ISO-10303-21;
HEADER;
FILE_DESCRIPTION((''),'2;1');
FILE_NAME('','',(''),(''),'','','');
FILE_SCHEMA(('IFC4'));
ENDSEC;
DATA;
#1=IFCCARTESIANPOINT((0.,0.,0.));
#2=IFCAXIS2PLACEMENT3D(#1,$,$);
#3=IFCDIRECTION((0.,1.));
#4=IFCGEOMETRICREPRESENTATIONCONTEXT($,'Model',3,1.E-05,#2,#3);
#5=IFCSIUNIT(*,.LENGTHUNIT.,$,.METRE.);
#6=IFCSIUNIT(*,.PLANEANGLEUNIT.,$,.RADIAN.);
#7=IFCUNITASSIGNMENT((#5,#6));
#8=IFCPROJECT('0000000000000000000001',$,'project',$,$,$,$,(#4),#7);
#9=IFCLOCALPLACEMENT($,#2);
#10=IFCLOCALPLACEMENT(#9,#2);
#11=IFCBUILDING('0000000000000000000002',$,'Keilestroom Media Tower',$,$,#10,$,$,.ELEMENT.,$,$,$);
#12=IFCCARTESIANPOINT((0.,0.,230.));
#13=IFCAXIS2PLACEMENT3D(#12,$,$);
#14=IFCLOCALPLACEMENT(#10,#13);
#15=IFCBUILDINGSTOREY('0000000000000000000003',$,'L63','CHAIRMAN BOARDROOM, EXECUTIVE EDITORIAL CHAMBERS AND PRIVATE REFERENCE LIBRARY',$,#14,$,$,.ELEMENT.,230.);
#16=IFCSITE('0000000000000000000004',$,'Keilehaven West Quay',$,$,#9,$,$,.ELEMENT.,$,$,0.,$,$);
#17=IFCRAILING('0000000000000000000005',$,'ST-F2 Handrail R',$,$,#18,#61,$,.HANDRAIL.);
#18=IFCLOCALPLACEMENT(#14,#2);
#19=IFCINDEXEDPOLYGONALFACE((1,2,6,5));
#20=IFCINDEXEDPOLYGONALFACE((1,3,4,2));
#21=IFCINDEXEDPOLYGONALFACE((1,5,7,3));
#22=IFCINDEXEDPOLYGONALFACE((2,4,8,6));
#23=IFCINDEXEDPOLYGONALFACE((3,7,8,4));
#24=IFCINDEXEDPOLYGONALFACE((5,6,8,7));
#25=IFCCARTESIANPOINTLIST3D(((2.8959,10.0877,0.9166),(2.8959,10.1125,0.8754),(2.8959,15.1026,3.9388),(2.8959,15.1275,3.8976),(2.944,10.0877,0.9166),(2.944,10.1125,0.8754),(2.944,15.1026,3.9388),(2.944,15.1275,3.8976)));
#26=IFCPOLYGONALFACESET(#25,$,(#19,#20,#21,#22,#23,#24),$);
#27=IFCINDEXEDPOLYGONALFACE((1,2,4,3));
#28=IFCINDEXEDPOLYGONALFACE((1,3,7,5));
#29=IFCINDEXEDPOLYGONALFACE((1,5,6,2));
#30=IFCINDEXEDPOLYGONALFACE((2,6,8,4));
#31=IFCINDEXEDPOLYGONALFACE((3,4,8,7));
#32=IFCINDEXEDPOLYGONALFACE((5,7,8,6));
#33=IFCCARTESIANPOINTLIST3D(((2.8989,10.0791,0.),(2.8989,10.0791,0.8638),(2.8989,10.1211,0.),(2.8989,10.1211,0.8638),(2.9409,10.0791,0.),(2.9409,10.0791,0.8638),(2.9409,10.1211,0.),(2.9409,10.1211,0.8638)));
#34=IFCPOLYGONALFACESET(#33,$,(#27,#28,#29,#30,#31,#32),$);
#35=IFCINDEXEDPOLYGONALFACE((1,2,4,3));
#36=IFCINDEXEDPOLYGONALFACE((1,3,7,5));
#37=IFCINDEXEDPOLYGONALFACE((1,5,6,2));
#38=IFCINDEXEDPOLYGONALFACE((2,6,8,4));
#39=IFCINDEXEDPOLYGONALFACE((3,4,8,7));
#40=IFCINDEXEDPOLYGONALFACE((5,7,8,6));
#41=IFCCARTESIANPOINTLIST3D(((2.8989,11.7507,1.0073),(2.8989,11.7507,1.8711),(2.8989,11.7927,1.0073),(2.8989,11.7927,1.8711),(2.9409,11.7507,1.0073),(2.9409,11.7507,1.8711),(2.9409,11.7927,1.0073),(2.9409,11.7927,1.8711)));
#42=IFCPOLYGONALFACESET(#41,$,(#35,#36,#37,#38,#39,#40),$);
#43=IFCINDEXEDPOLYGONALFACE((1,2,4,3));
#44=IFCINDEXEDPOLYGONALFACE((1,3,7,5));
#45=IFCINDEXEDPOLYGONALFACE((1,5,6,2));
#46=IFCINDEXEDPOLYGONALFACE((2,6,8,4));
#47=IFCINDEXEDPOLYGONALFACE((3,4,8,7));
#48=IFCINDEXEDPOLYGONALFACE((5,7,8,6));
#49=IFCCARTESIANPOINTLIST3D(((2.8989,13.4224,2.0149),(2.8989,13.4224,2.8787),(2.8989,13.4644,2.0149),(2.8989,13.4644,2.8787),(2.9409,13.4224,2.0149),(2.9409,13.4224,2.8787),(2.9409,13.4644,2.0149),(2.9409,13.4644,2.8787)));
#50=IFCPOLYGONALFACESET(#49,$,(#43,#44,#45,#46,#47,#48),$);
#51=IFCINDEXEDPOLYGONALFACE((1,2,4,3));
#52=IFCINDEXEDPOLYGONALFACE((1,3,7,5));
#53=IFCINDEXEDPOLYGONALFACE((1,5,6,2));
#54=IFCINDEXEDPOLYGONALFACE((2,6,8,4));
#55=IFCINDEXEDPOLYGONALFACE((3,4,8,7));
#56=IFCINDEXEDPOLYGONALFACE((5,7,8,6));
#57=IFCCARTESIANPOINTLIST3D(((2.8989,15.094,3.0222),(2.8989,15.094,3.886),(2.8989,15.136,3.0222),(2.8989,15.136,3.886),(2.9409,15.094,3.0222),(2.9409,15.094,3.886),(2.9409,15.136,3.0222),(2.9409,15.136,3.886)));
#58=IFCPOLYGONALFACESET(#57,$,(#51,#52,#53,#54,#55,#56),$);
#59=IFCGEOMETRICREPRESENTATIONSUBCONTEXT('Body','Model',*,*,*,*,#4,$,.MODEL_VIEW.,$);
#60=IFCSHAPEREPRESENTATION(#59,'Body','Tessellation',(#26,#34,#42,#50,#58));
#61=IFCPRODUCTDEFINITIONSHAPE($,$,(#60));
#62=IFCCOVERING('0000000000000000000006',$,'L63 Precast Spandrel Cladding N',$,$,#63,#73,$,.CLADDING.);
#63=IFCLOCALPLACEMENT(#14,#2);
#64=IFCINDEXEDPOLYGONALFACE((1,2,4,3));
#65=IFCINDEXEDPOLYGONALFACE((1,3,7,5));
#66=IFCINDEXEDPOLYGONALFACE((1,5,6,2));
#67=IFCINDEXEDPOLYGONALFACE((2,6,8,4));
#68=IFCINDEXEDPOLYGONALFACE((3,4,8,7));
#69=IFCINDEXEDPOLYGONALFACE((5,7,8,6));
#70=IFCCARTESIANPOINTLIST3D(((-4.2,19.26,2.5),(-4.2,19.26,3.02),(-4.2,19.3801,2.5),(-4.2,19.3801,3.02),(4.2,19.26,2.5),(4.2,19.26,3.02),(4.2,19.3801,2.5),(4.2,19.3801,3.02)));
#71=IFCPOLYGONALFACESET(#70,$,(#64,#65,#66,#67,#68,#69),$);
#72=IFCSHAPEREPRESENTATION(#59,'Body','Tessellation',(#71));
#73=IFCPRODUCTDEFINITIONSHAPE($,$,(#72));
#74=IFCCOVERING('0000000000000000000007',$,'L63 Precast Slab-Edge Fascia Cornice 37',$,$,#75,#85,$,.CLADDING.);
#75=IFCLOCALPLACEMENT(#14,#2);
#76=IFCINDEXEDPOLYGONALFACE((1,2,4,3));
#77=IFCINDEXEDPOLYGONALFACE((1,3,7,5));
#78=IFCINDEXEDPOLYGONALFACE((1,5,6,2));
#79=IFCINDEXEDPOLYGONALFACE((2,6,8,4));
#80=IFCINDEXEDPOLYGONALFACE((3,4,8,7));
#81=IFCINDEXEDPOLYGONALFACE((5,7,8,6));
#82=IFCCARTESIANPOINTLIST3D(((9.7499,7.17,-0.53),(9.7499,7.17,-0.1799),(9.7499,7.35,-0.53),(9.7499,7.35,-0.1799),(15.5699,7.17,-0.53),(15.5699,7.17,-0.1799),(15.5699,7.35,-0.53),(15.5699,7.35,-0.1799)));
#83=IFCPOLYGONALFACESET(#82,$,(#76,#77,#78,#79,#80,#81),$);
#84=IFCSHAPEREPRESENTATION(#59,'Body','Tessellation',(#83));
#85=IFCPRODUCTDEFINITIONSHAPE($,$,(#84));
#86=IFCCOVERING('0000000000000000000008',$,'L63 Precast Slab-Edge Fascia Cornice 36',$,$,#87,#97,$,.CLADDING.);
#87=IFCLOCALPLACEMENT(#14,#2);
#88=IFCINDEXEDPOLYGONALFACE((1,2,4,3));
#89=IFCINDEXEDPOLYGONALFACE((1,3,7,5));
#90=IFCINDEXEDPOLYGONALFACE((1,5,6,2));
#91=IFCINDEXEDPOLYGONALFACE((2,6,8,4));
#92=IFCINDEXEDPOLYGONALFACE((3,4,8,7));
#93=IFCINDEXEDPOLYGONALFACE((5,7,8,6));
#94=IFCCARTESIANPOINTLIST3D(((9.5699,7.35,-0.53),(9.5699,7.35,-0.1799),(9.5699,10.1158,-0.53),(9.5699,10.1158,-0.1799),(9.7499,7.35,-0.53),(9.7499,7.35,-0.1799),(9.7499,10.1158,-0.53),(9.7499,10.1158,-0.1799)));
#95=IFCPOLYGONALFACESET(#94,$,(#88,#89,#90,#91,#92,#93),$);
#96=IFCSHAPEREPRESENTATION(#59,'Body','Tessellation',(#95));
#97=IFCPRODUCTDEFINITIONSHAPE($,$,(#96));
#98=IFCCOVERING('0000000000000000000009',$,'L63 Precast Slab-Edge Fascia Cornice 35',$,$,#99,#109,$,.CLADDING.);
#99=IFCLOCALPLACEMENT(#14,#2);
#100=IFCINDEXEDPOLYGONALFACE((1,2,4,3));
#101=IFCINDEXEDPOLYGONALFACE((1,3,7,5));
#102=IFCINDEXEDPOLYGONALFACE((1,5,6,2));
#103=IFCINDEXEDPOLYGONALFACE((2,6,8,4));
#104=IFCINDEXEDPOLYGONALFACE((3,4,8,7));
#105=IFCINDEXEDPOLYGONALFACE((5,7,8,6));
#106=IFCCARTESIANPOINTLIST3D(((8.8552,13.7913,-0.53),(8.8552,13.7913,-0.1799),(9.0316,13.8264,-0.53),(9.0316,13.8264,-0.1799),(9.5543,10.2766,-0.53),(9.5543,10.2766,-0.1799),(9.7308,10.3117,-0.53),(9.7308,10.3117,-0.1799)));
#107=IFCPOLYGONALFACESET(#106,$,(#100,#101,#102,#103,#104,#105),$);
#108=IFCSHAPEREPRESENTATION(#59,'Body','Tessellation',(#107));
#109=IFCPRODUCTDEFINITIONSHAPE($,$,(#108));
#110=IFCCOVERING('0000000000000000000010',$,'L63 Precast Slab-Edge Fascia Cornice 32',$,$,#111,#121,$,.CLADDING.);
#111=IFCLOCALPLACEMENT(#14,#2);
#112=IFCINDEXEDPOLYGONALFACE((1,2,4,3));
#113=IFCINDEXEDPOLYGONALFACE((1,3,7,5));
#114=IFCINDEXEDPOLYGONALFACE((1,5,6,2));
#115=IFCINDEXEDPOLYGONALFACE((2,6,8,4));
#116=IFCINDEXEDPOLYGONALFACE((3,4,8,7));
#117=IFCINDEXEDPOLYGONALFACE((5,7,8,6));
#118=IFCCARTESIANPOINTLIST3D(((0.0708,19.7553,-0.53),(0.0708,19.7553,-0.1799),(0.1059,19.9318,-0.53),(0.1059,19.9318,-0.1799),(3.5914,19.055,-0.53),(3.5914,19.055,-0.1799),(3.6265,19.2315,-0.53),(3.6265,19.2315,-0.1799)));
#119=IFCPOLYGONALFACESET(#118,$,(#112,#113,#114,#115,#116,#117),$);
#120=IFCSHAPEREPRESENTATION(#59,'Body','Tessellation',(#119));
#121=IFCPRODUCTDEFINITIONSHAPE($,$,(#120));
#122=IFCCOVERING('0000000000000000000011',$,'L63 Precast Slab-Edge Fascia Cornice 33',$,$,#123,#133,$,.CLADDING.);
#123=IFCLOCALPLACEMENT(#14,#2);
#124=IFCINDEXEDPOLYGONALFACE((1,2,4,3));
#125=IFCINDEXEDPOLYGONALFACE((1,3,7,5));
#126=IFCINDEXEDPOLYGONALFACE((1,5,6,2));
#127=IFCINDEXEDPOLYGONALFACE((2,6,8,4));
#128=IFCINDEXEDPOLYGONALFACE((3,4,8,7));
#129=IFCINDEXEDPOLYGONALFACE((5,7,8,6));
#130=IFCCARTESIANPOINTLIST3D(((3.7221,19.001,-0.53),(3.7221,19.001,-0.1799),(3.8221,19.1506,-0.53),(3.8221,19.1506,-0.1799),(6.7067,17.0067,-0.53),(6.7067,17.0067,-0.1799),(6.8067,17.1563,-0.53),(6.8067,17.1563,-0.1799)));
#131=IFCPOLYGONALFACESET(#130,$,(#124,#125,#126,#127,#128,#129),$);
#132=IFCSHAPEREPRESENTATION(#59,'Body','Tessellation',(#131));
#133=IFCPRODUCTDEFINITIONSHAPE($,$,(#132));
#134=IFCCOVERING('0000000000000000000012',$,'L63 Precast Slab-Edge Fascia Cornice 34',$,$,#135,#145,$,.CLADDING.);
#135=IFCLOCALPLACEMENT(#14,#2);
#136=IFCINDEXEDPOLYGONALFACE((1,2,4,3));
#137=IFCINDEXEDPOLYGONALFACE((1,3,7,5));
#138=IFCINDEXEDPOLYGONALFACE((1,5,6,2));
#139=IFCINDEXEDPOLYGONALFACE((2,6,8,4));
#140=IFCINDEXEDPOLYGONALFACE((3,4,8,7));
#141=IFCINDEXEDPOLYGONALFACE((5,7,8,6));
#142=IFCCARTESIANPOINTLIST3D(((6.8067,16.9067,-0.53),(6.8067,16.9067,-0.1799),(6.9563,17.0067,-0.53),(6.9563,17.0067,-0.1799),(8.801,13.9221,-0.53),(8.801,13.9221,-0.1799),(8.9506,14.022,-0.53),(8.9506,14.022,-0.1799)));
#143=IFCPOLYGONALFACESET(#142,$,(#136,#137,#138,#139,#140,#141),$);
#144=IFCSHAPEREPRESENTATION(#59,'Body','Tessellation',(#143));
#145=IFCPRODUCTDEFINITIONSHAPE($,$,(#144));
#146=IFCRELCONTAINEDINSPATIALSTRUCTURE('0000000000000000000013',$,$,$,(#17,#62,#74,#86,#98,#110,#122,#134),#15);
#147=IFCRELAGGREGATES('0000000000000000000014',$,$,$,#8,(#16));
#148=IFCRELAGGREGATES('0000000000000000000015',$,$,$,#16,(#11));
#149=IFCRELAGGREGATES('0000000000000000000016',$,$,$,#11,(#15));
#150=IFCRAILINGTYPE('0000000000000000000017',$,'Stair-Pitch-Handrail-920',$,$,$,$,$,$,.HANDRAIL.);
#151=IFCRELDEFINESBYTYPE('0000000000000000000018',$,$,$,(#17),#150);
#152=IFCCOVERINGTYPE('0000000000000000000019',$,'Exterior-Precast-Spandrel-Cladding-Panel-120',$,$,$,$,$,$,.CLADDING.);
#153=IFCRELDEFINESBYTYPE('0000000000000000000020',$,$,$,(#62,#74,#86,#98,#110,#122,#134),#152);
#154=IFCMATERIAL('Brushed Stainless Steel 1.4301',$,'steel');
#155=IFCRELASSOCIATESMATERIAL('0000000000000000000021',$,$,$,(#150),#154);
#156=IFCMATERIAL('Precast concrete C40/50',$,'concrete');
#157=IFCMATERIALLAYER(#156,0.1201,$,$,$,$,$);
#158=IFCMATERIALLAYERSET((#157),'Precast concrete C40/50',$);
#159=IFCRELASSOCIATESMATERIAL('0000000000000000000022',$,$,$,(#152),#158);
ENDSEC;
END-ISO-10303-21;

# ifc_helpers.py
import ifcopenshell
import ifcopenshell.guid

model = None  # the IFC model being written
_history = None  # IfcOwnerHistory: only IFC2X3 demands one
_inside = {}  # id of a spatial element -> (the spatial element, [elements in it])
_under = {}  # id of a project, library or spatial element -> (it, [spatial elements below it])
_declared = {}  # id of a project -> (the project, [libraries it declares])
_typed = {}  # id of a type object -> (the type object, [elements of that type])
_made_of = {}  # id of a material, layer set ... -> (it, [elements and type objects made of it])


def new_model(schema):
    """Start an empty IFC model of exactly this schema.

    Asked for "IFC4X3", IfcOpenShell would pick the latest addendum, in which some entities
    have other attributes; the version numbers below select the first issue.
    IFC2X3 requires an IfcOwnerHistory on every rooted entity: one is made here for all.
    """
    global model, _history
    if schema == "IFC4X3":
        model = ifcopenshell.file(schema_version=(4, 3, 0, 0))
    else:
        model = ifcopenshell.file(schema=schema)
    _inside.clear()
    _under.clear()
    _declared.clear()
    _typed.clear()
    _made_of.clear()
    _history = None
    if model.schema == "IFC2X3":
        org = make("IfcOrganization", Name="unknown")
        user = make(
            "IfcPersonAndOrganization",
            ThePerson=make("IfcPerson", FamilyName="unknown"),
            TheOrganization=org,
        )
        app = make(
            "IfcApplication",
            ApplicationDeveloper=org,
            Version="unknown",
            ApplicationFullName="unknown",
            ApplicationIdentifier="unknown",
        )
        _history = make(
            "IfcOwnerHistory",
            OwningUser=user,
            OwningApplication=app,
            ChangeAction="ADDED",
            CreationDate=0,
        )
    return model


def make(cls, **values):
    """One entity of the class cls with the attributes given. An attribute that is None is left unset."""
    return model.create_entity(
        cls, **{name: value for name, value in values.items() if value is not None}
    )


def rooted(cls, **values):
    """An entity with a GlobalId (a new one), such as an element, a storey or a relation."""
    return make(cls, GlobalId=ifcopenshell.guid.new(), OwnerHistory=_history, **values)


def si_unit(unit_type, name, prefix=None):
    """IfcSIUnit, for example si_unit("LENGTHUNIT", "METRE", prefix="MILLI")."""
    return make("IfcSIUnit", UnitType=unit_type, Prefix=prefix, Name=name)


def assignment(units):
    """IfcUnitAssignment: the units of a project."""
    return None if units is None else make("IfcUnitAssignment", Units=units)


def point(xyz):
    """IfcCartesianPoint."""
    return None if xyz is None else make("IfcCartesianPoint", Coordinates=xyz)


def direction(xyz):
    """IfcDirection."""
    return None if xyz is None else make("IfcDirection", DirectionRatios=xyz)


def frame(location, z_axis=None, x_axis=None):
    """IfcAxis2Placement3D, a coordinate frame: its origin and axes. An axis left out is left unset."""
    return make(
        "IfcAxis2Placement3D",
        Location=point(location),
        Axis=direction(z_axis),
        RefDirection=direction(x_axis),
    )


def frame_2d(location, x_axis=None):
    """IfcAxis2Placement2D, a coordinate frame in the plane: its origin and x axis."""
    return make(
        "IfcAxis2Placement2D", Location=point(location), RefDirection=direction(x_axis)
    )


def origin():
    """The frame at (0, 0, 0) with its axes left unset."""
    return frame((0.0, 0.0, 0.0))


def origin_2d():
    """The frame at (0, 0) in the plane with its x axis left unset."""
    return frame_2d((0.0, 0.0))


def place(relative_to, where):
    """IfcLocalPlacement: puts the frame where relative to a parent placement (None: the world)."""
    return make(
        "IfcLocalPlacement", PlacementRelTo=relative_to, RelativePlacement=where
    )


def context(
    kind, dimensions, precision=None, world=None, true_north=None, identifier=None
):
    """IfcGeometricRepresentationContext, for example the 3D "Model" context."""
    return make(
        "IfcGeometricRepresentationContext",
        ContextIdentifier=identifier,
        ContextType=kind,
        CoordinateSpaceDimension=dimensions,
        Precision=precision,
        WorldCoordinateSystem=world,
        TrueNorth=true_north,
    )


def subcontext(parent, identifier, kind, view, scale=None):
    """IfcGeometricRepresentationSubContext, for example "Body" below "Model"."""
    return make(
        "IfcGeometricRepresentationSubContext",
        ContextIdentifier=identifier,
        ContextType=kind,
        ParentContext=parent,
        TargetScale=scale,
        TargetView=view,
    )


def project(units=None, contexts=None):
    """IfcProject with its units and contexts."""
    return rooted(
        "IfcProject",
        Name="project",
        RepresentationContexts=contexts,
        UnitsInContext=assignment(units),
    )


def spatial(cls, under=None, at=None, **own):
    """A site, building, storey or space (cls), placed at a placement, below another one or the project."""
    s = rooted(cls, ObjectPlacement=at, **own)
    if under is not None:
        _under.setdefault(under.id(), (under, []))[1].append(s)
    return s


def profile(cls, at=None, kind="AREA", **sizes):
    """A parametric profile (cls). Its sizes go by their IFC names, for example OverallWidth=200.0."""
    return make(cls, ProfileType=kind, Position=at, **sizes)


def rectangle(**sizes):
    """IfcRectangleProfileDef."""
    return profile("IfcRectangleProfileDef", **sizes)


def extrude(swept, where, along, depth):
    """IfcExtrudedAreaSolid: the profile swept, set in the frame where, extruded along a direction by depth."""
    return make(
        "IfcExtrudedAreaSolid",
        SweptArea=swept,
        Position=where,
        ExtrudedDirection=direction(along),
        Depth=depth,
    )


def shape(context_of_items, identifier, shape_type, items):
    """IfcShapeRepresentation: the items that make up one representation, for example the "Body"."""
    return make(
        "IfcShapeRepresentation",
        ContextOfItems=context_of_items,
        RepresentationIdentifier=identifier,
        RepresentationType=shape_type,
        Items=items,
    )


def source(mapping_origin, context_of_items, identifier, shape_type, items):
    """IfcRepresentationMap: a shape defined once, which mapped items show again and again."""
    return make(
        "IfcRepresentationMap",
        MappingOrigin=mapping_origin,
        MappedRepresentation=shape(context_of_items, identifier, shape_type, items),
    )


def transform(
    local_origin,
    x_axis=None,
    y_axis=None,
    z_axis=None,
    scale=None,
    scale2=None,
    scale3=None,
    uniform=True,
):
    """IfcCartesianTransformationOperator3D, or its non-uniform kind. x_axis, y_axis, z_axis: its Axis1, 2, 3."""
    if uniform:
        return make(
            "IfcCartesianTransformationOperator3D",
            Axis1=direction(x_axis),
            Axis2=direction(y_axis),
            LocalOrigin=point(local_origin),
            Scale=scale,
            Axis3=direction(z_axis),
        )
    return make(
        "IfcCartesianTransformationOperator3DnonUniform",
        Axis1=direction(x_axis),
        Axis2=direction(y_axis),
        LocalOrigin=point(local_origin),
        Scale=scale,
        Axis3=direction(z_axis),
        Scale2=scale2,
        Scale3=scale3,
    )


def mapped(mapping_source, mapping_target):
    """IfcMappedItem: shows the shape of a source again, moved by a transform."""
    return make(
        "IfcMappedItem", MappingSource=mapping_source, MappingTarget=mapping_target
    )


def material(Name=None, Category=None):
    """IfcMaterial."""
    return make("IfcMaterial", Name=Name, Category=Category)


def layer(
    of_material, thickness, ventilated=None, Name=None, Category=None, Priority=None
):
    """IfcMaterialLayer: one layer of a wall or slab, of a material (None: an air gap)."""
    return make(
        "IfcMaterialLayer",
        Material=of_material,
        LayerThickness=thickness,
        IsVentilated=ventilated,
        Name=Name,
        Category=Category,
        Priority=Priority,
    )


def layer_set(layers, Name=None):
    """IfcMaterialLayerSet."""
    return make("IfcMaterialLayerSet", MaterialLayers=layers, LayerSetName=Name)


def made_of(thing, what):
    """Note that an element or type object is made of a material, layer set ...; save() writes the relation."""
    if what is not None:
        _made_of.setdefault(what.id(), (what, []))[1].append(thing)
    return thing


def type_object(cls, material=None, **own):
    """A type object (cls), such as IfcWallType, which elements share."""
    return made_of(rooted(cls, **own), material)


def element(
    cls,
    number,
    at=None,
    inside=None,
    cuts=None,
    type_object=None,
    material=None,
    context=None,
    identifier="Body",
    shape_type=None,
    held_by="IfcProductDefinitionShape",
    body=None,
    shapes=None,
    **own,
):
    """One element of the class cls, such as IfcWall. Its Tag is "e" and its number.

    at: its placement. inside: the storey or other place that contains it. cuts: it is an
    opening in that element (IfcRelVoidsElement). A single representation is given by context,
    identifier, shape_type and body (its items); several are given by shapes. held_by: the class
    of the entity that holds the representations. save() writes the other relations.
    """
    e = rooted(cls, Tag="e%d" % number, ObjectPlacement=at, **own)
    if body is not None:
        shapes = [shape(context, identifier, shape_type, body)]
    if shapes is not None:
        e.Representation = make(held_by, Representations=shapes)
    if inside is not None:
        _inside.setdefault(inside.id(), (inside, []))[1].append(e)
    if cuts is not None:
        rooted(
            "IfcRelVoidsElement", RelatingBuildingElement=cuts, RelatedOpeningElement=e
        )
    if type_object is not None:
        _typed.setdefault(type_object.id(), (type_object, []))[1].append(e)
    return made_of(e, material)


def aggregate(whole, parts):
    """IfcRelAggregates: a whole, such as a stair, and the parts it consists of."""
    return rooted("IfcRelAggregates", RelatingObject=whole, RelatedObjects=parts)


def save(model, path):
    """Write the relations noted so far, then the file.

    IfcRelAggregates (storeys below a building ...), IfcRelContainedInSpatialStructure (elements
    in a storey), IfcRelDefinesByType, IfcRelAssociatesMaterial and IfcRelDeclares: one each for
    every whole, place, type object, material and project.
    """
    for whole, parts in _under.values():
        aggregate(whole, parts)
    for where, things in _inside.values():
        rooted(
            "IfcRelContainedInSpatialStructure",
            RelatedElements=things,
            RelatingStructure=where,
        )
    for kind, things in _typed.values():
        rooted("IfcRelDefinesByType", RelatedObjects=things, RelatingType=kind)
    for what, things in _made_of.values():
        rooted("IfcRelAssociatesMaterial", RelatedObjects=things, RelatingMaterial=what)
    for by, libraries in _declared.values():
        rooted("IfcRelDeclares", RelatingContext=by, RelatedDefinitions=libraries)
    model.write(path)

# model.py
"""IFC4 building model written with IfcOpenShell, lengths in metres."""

from ifc_helpers import new_model, si_unit, direction, frame, origin, origin_2d, place, context, subcontext, project, spatial, rectangle, extrude, source, transform, mapped, material, layer, layer_set, type_object, element, save


model = new_model("IFC4")

# Units and contexts
model_context = context("Model", 3, precision=1e-05, world=origin(), true_north=direction((0.0, 1.0)))
body_context = subcontext(model_context, "Body", "Model", "MODEL_VIEW")
ifc_project = project(units=[si_unit("LENGTHUNIT", "METRE"), si_unit("PLANEANGLEUNIT", "RADIAN")], contexts=[model_context])

# Site, building, storey
site_placement = place(None, origin())
site = spatial("IfcSite", under=ifc_project, at=site_placement, Name="Keilehaven West Quay", CompositionType="ELEMENT", RefElevation=0.0)
building_placement = place(site_placement, origin())
building = spatial("IfcBuilding", under=site, at=building_placement, Name="Keilestroom Media Tower", CompositionType="ELEMENT")
storey_placement = place(building_placement, frame((0.0, 0.0, 230.0)))
storey = spatial("IfcBuildingStorey", under=building, at=storey_placement, Name="L63", Description="CHAIRMAN BOARDROOM, EXECUTIVE EDITORIAL CHAMBERS AND PRIVATE REFERENCE LIBRARY", CompositionType="ELEMENT", Elevation=230.0)

# Shared definitions
ifc_material_1 = material(Name="Precast concrete C40/50", Category="concrete")

# Railing
ifc_material_2 = material(Name="Brushed Stainless Steel 1.4301", Category="steel")
railing_type = type_object("IfcRailingType", Name="Stair-Pitch-Handrail-920", PredefinedType="HANDRAIL", material=ifc_material_2)
for number, where, name in (
    (1, (2.9199, 10.1001, 0.0), "ST-F2 Handrail R"),
):
    element("IfcRailing", number, at=place(storey_placement, frame(where)), inside=storey, type_object=railing_type, Name=name, PredefinedType="HANDRAIL", context=body_context, shape_type="SweptSolid", body=[
        extrude(rectangle(XDim=0.0481, YDim=0.0481, at=origin_2d()), frame((0.0, 0.0, 0.896), z_axis=(0.0, 0.856491, 0.516163), x_axis=(-1.0, 0.0, 0.0)), (0.0, 0.0, 1.0), 5.8552),
        extrude(rectangle(XDim=0.042, YDim=0.042, at=origin_2d()), origin(), (0.0, 0.0, 1.0), 0.8638),
        extrude(rectangle(XDim=0.042, YDim=0.042, at=origin_2d()), frame((0.0, 1.6716, 1.0073)), (0.0, 0.0, 1.0), 0.8638),
        extrude(rectangle(XDim=0.042, YDim=0.042, at=origin_2d()), frame((0.0, 3.3433, 2.0149)), (0.0, 0.0, 1.0), 0.8638),
        extrude(rectangle(XDim=0.042, YDim=0.042, at=origin_2d()), frame((0.0, 5.0149, 3.0222)), (0.0, 0.0, 1.0), 0.8638),
    ])

# Coverings
ifc_layer_1 = layer(ifc_material_1, 0.1201)
ifc_layer_set_1 = layer_set([ifc_layer_1], Name="Precast concrete C40/50")
covering_type = type_object("IfcCoveringType", Name="Exterior-Precast-Spandrel-Cladding-Panel-120", PredefinedType="CLADDING", material=ifc_layer_set_1)
shared_shape_1 = source(origin(), body_context, "Body", "SweptSolid", [
    extrude(rectangle(XDim=8.3999, YDim=0.1201, at=origin_2d()), origin(), (0.0, 0.0, 1.0), 0.52),
])
covering_1_placement = place(storey_placement, frame((0.0, 19.3201, 2.5), z_axis=(0.0, 0.0, 1.0), x_axis=(1.0, 0.0, 0.0)))
element("IfcCovering", 2, at=covering_1_placement, inside=storey, type_object=covering_type, Name="L63 Precast Spandrel Cladding N", PredefinedType="CLADDING", context=body_context, shape_type="MappedRepresentation", body=[
    mapped(shared_shape_1, transform((0.0, 0.0, 0.0), x_axis=(1.0, 0.0, 0.0), y_axis=(0.0, 1.0, 0.0), z_axis=(0.0, 0.0, 1.0), scale=1.0)),
])
shared_shape_2 = source(origin(), body_context, "Body", "SweptSolid", [
    extrude(rectangle(XDim=5.8201, YDim=0.1799, at=origin_2d()), origin(), (0.0, 0.0, 1.0), 0.3501),
])
covering_2_placement = place(storey_placement, frame((12.6599, 7.26, -0.53), z_axis=(0.0, 0.0, 1.0), x_axis=(1.0, 0.0, 0.0)))
element("IfcCovering", 3, at=covering_2_placement, inside=storey, type_object=covering_type, Name="L63 Precast Slab-Edge Fascia Cornice 37", PredefinedType="CLADDING", context=body_context, shape_type="MappedRepresentation", body=[
    mapped(shared_shape_2, transform((0.0, 0.0, 0.0), x_axis=(1.0, 0.0, 0.0), y_axis=(0.0, 1.0, 0.0), z_axis=(0.0, 0.0, 1.0), scale=1.0)),
])
shared_shape_3 = source(origin(), body_context, "Body", "SweptSolid", [
    extrude(rectangle(XDim=2.7659, YDim=0.1799, at=origin_2d()), origin(), (0.0, 0.0, 1.0), 0.3501),
])
covering_3_placement = place(storey_placement, frame((9.6599, 8.7329, -0.53), z_axis=(0.0, 0.0, 1.0), x_axis=(0.0, -1.0, 0.0)))
element("IfcCovering", 4, at=covering_3_placement, inside=storey, type_object=covering_type, Name="L63 Precast Slab-Edge Fascia Cornice 36", PredefinedType="CLADDING", context=body_context, shape_type="MappedRepresentation", body=[
    mapped(shared_shape_3, transform((0.0, 0.0, 0.0), x_axis=(1.0, 0.0, 0.0), y_axis=(0.0, 1.0, 0.0), z_axis=(0.0, 0.0, 1.0), scale=1.0)),
])
shared_shape_4 = source(origin(), body_context, "Body", "SweptSolid", [
    extrude(rectangle(XDim=3.5835, YDim=0.1799, at=origin_2d()), origin(), (0.0, 0.0, 1.0), 0.3501),
])
covering_4_placement = place(storey_placement, frame((9.293, 12.0515, -0.53), z_axis=(0.0, 0.0, 1.0), x_axis=(0.195099, -0.980784, 0.0)))
element("IfcCovering", 5, at=covering_4_placement, inside=storey, type_object=covering_type, Name="L63 Precast Slab-Edge Fascia Cornice 35", PredefinedType="CLADDING", context=body_context, shape_type="MappedRepresentation", body=[
    mapped(shared_shape_4, transform((0.0, 0.0, 0.0), x_axis=(1.0, 0.0, 0.0), y_axis=(0.0, 1.0, 0.0), z_axis=(0.0, 0.0, 1.0), scale=1.0)),
])
shared_shape_5 = source(origin(), body_context, "Body", "SweptSolid", [
    extrude(rectangle(XDim=3.5896, YDim=0.1799, at=origin_2d()), origin(), (0.0, 0.0, 1.0), 0.3501),
])
for number, where, z_axis, x_axis, name in (
    (6, (1.8486, 19.4934, -0.53), (0.0, 0.0, 1.0), (0.980784, -0.195099, 0.0), "L63 Precast Slab-Edge Fascia Cornice 32"),
    (7, (5.2644, 18.0786, -0.53), (0.0, 0.0, 1.0), (0.831467, -0.555575, 0.0), "L63 Precast Slab-Edge Fascia Cornice 33"),
    (8, (7.8787, 15.4644, -0.53), (0.0, 0.0, 1.0), (0.555575, -0.831467, 0.0), "L63 Precast Slab-Edge Fascia Cornice 34"),
):
    element("IfcCovering", number, at=place(storey_placement, frame(where, z_axis=z_axis, x_axis=x_axis)), inside=storey, type_object=covering_type, Name=name, PredefinedType="CLADDING", context=body_context, shape_type="MappedRepresentation", body=[
        mapped(shared_shape_5, transform((0.0, 0.0, 0.0), x_axis=(1.0, 0.0, 0.0), y_axis=(0.0, 1.0, 0.0), z_axis=(0.0, 0.0, 1.0), scale=1.0)),
    ])

save(model, "model.ifc")
